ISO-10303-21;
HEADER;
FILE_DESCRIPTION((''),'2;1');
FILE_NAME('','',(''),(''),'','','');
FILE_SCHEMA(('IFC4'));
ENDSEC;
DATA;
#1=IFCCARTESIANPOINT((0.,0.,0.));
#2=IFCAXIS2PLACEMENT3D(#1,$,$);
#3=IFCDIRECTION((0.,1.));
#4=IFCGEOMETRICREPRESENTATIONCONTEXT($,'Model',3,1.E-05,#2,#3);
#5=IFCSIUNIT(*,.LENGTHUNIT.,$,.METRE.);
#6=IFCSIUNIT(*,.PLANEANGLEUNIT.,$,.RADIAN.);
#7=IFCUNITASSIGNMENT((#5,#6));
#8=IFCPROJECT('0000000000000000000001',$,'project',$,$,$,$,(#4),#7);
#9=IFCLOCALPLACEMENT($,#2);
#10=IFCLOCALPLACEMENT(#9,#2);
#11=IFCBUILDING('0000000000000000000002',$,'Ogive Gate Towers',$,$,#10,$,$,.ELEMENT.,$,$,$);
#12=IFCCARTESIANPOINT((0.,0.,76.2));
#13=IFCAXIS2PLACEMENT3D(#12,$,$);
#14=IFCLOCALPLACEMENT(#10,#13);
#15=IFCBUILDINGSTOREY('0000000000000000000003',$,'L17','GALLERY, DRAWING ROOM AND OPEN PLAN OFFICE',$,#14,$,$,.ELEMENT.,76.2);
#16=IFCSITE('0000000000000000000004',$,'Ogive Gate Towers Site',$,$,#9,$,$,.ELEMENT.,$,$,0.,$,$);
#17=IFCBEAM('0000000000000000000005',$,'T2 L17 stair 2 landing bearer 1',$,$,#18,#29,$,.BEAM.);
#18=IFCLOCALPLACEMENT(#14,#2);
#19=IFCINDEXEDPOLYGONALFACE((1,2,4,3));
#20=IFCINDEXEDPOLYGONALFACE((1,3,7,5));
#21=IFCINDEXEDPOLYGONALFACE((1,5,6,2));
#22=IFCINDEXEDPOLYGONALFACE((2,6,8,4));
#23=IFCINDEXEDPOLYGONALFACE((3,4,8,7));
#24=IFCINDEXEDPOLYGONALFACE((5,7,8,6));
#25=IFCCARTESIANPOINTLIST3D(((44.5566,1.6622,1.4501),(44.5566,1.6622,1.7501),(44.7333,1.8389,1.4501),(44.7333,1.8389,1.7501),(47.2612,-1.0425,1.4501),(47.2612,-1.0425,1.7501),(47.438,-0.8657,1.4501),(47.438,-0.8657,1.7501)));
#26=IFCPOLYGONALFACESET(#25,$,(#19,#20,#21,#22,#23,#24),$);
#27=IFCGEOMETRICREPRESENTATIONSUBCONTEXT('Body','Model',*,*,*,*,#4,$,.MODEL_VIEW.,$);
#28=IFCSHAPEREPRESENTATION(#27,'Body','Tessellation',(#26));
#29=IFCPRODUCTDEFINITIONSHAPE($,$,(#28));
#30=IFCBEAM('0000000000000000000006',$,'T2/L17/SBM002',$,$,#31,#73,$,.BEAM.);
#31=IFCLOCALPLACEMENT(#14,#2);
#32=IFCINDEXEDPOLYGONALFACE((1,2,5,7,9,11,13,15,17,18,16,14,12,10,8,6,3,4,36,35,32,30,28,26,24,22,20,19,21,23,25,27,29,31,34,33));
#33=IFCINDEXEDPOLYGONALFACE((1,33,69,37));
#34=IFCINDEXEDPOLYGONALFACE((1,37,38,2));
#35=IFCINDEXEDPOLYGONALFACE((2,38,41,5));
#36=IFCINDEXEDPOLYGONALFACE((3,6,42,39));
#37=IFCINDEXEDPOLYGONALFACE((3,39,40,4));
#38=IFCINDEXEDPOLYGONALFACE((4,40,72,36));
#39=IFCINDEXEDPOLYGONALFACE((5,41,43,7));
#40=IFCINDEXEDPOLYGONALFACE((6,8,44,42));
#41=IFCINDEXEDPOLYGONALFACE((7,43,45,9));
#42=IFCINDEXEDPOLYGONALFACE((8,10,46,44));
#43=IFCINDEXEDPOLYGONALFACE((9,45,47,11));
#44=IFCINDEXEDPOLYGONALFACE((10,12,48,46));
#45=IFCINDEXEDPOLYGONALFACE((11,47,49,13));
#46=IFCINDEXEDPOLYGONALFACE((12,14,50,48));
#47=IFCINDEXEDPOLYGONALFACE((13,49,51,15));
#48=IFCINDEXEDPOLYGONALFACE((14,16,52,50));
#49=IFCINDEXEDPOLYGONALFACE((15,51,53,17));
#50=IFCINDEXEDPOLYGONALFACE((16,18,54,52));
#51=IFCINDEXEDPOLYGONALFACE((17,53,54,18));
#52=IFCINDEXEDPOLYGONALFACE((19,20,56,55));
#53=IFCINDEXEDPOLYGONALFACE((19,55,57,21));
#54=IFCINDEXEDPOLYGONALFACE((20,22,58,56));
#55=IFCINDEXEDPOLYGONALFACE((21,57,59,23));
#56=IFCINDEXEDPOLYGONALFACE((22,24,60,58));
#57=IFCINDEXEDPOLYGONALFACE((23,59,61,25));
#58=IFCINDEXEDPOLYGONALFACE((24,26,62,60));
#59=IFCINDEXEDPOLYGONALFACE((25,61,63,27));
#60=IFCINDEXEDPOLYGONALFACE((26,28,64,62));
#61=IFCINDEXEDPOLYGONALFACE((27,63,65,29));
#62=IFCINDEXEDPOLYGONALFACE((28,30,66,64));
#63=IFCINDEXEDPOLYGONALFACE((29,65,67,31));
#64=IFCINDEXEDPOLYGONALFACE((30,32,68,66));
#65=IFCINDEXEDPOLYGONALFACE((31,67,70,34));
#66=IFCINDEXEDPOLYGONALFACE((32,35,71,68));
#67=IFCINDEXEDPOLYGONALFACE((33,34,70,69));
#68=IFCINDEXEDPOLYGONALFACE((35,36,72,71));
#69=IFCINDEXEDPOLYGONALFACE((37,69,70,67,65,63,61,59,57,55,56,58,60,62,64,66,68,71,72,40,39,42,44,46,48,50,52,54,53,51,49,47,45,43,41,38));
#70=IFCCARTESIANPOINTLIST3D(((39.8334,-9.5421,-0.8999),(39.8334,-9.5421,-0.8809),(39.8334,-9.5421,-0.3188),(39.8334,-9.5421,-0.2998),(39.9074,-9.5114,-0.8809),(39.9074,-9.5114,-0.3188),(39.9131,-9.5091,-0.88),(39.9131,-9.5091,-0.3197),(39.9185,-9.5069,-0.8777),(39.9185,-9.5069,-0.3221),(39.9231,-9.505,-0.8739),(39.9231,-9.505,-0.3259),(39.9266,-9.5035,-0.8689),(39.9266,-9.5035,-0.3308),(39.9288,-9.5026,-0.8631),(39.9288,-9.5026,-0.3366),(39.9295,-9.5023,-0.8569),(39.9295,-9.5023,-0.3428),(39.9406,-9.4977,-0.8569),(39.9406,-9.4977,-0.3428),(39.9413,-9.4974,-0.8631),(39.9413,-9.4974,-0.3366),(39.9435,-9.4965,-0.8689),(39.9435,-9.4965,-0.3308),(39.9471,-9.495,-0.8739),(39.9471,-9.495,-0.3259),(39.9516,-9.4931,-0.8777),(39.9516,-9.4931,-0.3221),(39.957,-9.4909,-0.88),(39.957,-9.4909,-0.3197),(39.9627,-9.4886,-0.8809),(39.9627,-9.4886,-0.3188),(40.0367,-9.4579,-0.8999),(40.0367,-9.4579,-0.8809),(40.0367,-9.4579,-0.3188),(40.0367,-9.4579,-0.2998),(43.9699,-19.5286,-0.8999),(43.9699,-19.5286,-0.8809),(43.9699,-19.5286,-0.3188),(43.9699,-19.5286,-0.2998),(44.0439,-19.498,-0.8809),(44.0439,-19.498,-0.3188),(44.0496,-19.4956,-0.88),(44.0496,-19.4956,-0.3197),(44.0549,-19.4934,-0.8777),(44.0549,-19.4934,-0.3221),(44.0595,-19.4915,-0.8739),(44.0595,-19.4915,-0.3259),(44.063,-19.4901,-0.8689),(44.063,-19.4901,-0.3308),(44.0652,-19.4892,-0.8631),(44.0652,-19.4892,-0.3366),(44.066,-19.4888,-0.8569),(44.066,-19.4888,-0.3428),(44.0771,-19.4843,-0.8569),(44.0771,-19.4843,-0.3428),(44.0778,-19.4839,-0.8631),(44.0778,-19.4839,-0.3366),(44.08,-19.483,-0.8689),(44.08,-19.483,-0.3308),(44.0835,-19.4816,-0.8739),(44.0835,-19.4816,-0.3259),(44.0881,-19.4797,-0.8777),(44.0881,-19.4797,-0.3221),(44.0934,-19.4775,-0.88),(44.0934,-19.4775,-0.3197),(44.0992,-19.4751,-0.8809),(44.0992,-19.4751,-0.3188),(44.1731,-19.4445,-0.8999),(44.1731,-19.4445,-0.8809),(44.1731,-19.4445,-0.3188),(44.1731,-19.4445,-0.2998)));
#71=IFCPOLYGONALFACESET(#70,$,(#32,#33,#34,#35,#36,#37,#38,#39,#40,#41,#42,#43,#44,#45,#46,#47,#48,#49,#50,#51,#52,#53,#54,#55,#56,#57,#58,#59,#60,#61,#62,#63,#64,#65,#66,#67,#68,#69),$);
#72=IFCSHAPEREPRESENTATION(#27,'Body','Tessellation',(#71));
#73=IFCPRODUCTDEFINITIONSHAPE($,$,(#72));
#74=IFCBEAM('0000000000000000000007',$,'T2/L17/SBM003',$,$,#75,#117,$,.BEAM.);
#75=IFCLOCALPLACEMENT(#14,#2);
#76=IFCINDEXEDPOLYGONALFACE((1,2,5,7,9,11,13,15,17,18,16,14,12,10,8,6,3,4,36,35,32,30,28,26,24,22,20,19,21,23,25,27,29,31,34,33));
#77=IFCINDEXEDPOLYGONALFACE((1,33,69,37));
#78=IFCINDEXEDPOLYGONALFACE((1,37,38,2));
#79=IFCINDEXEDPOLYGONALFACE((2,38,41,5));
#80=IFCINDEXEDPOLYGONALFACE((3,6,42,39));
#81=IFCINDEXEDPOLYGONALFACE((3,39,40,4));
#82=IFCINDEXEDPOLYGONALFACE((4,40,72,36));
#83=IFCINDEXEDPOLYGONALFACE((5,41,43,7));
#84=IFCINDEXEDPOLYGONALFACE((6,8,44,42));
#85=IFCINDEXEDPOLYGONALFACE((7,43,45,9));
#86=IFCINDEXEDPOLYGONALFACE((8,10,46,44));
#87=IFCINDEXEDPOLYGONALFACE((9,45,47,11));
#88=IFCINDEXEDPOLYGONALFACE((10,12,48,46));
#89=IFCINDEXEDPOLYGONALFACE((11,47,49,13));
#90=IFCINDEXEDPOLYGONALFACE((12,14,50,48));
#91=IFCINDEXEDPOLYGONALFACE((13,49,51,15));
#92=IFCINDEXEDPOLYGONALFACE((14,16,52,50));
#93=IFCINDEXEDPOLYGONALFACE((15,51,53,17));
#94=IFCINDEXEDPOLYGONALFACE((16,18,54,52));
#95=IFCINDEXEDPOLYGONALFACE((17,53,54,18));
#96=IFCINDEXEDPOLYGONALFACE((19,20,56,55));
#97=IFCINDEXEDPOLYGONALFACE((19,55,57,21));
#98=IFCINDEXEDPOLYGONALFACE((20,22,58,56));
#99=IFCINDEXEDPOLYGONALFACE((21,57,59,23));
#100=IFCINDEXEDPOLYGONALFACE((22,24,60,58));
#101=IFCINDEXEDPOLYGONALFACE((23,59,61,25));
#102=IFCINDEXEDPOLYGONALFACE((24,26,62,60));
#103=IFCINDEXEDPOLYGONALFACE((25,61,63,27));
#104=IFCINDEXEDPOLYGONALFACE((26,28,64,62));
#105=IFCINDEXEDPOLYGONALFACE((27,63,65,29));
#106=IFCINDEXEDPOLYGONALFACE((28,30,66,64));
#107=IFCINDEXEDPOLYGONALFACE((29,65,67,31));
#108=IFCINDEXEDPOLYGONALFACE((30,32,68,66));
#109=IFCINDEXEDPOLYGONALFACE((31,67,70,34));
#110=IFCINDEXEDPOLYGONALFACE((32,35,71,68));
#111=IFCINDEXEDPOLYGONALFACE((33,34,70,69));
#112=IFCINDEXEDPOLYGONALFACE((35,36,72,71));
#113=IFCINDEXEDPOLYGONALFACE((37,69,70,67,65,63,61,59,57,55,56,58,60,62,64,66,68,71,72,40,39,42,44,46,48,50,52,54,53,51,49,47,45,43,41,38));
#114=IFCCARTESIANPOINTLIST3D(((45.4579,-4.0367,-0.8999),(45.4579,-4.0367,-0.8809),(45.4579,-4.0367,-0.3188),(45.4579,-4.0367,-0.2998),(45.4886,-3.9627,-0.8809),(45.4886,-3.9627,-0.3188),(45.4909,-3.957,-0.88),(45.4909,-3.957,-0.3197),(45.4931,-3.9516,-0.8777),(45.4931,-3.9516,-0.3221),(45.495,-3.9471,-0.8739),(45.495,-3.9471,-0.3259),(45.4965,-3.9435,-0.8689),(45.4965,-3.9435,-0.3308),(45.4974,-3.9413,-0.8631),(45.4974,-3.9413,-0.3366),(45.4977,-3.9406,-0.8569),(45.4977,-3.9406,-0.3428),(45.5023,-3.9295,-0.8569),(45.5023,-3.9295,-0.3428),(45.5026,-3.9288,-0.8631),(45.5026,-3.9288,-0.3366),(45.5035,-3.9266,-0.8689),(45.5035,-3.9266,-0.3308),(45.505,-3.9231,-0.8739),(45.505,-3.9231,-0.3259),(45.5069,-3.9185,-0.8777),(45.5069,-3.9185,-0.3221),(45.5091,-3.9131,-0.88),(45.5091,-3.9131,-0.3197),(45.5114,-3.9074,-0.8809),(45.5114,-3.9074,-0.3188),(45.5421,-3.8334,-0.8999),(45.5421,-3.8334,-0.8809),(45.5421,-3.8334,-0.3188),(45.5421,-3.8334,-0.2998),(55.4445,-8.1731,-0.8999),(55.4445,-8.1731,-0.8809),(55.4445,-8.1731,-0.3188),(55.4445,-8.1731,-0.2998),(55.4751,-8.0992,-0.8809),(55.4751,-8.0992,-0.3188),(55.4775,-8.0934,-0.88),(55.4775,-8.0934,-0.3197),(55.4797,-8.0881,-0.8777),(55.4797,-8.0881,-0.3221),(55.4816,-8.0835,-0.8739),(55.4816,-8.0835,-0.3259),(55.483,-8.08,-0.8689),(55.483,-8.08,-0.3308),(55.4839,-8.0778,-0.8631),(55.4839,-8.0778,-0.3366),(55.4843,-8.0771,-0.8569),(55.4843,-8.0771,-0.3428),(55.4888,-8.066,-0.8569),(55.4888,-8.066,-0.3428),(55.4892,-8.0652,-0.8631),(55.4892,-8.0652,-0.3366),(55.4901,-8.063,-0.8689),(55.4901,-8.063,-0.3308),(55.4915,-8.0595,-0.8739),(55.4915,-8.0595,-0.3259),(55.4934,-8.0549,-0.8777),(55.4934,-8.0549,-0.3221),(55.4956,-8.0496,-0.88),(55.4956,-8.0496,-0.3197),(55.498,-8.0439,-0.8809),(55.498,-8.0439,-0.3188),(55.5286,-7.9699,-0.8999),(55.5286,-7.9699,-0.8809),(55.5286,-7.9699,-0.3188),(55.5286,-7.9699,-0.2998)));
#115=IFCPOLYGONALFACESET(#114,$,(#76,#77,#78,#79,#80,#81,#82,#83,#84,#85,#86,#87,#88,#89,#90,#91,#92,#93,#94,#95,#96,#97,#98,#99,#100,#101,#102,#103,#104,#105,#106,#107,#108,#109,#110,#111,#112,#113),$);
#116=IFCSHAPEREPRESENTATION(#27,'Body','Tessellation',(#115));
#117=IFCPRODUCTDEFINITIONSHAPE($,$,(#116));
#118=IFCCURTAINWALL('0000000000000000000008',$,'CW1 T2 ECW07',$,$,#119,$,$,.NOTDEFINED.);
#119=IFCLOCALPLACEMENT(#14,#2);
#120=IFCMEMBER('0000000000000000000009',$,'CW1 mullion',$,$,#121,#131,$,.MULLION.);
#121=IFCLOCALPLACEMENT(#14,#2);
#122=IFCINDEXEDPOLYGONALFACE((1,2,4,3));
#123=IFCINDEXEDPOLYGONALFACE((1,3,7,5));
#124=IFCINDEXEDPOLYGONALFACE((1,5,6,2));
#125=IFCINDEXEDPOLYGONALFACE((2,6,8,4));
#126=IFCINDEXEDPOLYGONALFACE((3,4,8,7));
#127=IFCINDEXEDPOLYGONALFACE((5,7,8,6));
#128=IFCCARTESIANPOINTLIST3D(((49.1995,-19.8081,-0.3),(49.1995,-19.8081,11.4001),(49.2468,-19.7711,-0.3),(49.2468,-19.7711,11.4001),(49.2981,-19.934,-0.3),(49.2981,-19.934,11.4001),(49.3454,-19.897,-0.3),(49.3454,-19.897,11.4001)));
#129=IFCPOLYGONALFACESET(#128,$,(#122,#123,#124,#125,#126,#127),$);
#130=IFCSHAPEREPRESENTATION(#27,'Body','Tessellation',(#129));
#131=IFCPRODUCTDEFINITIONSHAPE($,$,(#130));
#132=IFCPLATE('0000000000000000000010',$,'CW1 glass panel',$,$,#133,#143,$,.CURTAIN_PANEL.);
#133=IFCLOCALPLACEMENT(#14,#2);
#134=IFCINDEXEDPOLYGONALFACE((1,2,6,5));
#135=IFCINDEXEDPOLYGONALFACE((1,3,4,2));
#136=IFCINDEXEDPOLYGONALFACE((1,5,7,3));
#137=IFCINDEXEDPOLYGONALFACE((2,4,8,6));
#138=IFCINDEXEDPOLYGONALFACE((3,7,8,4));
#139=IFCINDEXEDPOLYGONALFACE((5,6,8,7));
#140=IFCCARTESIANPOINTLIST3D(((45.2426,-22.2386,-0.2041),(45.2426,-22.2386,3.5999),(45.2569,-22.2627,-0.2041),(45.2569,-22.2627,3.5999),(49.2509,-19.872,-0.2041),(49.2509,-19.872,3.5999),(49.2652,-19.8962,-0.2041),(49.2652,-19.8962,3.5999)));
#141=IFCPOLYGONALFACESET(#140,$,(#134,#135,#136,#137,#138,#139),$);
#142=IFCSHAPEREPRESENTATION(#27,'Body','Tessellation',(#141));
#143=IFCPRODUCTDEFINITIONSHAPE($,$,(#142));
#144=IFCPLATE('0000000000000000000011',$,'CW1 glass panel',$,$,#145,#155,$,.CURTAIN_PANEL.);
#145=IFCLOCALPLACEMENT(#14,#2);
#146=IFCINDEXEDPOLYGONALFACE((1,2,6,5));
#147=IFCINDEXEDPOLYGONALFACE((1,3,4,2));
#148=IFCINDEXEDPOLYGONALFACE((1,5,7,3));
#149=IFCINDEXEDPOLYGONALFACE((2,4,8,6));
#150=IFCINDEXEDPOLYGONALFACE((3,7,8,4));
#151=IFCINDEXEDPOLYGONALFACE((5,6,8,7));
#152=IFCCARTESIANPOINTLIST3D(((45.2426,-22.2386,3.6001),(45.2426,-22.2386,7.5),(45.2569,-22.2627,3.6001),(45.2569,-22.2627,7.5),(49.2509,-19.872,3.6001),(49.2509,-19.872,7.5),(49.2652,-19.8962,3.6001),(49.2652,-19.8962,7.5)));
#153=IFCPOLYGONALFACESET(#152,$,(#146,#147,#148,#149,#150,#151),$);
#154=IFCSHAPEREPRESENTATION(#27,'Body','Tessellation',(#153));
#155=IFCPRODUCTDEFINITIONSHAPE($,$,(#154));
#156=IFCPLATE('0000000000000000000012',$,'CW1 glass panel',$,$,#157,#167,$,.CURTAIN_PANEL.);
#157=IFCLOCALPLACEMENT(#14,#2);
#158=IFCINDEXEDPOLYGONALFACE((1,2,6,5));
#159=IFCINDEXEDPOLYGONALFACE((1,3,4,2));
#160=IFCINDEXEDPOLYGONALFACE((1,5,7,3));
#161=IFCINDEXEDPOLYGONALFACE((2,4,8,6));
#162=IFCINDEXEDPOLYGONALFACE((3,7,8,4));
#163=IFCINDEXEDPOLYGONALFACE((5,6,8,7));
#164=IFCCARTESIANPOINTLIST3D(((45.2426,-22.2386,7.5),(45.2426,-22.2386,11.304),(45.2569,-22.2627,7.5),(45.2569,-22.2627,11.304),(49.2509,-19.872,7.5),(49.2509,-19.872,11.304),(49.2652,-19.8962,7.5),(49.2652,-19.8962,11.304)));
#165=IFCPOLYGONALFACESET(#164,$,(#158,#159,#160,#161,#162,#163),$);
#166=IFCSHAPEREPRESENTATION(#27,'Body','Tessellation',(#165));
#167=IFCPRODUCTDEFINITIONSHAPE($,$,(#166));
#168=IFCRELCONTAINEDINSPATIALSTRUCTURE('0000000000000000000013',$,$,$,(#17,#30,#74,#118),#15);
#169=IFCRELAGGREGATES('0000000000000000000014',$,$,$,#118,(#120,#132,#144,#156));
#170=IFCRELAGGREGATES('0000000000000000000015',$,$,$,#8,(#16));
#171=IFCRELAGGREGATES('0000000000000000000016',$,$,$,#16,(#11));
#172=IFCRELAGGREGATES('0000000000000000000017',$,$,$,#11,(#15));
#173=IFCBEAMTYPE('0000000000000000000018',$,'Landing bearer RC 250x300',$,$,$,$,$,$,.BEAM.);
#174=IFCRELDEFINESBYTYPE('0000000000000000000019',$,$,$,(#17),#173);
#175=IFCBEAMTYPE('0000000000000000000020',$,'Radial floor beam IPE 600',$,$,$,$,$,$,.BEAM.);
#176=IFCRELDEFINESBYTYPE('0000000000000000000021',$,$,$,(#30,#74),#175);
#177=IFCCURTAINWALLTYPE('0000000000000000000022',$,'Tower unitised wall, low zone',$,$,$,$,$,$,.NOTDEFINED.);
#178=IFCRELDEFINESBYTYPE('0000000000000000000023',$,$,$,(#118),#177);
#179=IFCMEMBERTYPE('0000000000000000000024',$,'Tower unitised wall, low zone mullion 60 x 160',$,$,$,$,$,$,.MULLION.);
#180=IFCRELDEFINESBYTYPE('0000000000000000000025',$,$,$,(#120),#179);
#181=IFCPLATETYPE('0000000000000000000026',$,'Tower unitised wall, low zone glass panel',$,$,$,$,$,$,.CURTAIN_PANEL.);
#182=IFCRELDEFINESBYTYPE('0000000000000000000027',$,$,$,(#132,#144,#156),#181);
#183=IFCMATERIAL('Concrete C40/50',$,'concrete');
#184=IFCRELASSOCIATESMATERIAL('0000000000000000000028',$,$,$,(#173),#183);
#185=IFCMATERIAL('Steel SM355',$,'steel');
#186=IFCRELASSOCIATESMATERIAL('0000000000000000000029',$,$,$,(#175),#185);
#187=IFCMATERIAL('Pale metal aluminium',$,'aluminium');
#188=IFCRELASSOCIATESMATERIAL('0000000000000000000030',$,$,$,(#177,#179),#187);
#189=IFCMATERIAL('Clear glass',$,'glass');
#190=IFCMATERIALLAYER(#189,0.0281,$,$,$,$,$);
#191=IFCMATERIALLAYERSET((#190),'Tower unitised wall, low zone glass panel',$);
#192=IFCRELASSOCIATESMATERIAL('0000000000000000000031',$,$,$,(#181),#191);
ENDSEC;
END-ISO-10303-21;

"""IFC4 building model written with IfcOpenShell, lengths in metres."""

from ifc_helpers import new_model, si_unit, direction, frame, origin, origin_2d, place, context, subcontext, project, spatial, rectangle, i_section, extrude, material, layer, layer_set, material_profile, profile_set, type_object, element, aggregate, save


model = new_model("IFC4")

# Units and contexts
model_context = context("Model", 3, precision=1e-05, world=origin(), true_north=direction((0.0, 1.0)))
body_context = subcontext(model_context, "Body", "Model", "MODEL_VIEW")
ifc_project = project(units=[si_unit("LENGTHUNIT", "METRE"), si_unit("PLANEANGLEUNIT", "RADIAN")], contexts=[model_context])

# Site, building, storey
site_placement = place(None, origin())
site = spatial("IfcSite", under=ifc_project, at=site_placement, Name="Ogive Gate Towers Site", CompositionType="ELEMENT", RefElevation=0.0)
building_placement = place(site_placement, origin())
building = spatial("IfcBuilding", under=site, at=building_placement, Name="Ogive Gate Towers", CompositionType="ELEMENT")
storey_placement = place(building_placement, frame((0.0, 0.0, 76.2)))
storey = spatial("IfcBuildingStorey", under=building, at=storey_placement, Name="L17", Description="GALLERY, DRAWING ROOM AND OPEN PLAN OFFICE", CompositionType="ELEMENT", Elevation=76.2)

# Beams
ifc_material_1 = material(Name="Concrete C40/50", Category="concrete")
ifc_material_profile_1 = material_profile(ifc_material_1, rectangle(XDim=0.25, YDim=0.3, at=origin_2d()), Name="RC 250x300")
ifc_profile_set_1 = profile_set([ifc_material_profile_1], Name="Concrete C40/50")
beam_type_1 = type_object("IfcBeamType", Name="Landing bearer RC 250x300", PredefinedType="BEAM", material=ifc_profile_set_1)
beam_placement = place(storey_placement, frame((47.3496, -0.9541, 1.6001), z_axis=(-0.707107, 0.707107, 0.0), x_axis=(-0.707107, -0.707107, 0.0)))
element("IfcBeam", 1, at=beam_placement, inside=storey, type_object=beam_type_1, Name="T2 L17 stair 2 landing bearer 1", PredefinedType="BEAM", context=body_context, shape_type="SweptSolid", body=[
    extrude(rectangle(XDim=0.25, YDim=0.3, at=origin_2d()), origin(), (0.0, 0.0, 1.0), 3.825),
])
ifc_material_2 = material(Name="Steel SM355", Category="steel")
ifc_material_profile_2 = material_profile(ifc_material_2, i_section(OverallWidth=0.22, OverallDepth=0.6001, WebThickness=0.012, FlangeThickness=0.019, FilletRadius=0.0239, at=origin_2d()), Name="IPE 600")
ifc_profile_set_2 = profile_set([ifc_material_profile_2], Name="Steel SM355")
beam_type_2 = type_object("IfcBeamType", Name="Radial floor beam IPE 600", PredefinedType="BEAM", material=ifc_profile_set_2)
for number, where, z_axis, x_axis, name in (
    (2, (39.9351, -9.5, -0.5999), (0.382676, -0.923883, 0.0), (0.923883, 0.382676, 0.0), "T2/L17/SBM002"),
    (3, (45.5, -3.9351, -0.5999), (0.923883, -0.382676, 0.0), (0.382676, 0.923883, 0.0), "T2/L17/SBM003"),
):
    element("IfcBeam", number, at=place(storey_placement, frame(where, z_axis=z_axis, x_axis=x_axis)), inside=storey, type_object=beam_type_2, Name=name, PredefinedType="BEAM", context=body_context, shape_type="SweptSolid", body=[
        extrude(i_section(OverallWidth=0.22, OverallDepth=0.6001, WebThickness=0.012, FlangeThickness=0.019, FilletRadius=0.0239, at=origin_2d()), origin(), (0.0, 0.0, 1.0), 10.8093),
    ])

# Curtain wall, member, plates
ifc_material_3 = material(Name="Pale metal aluminium", Category="aluminium")
curtain_wall_type = type_object("IfcCurtainWallType", Name="Tower unitised wall, low zone", PredefinedType="NOTDEFINED", material=ifc_material_3)
curtain_wall_placement = place(storey_placement, origin())
curtain_wall = element("IfcCurtainWall", 4, at=curtain_wall_placement, inside=storey, type_object=curtain_wall_type, Name="CW1 T2 ECW07", PredefinedType="NOTDEFINED")
ifc_material_profile_3 = material_profile(ifc_material_3, rectangle(XDim=0.1599, YDim=0.0601, at=origin_2d()), Name="60 x 160 aluminium box")
ifc_profile_set_3 = profile_set([ifc_material_profile_3], Name="Pale metal aluminium")
member_type = type_object("IfcMemberType", Name="Tower unitised wall, low zone mullion 60 x 160", PredefinedType="MULLION", material=ifc_profile_set_3)
member_placement = place(storey_placement, frame((49.2725, -19.8525, -0.3), z_axis=(0.0, 0.0, 1.0), x_axis=(0.616239, -0.787559, 0.0)))
member = element("IfcMember", 5, at=member_placement, type_object=member_type, Name="CW1 mullion", PredefinedType="MULLION", context=body_context, shape_type="SweptSolid", body=[
    extrude(rectangle(XDim=0.1599, YDim=0.0601, at=origin_2d()), origin(), (0.0, 0.0, 1.0), 11.7002),
])
ifc_material_4 = material(Name="Clear glass", Category="glass")
ifc_layer_1 = layer(ifc_material_4, 0.0281)
ifc_layer_set_1 = layer_set([ifc_layer_1], Name="Tower unitised wall, low zone glass panel")
plate_type = type_object("IfcPlateType", Name="Tower unitised wall, low zone glass panel", PredefinedType="CURTAIN_PANEL", material=ifc_layer_set_1)
plate_1_placement = place(storey_placement, frame((47.2539, -21.0674, -0.2041), z_axis=(0.0, 0.0, 1.0), x_axis=(0.861115, 0.50841, 0.0)))
plate_1 = element("IfcPlate", 6, at=plate_1_placement, type_object=plate_type, Name="CW1 glass panel", PredefinedType="CURTAIN_PANEL", context=body_context, shape_type="SweptSolid", body=[
    extrude(rectangle(XDim=4.6548, YDim=0.0281, at=origin_2d()), origin(), (0.0, 0.0, 1.0), 3.804),
])
plate_2_placement = place(storey_placement, frame((47.2539, -21.0674, 3.6001), z_axis=(0.0, 0.0, 1.0), x_axis=(0.861115, 0.50841, 0.0)))
plate_2 = element("IfcPlate", 7, at=plate_2_placement, type_object=plate_type, Name="CW1 glass panel", PredefinedType="CURTAIN_PANEL", context=body_context, shape_type="SweptSolid", body=[
    extrude(rectangle(XDim=4.6548, YDim=0.0281, at=origin_2d()), origin(), (0.0, 0.0, 1.0), 3.8999),
])
plate_3_placement = place(storey_placement, frame((47.2539, -21.0674, 7.5), z_axis=(0.0, 0.0, 1.0), x_axis=(0.861115, 0.50841, 0.0)))
plate_3 = element("IfcPlate", 8, at=plate_3_placement, type_object=plate_type, Name="CW1 glass panel", PredefinedType="CURTAIN_PANEL", context=body_context, shape_type="SweptSolid", body=[
    extrude(rectangle(XDim=4.6548, YDim=0.0281, at=origin_2d()), origin(), (0.0, 0.0, 1.0), 3.804),
])
aggregate(curtain_wall, [member, plate_1, plate_2, plate_3])

save(model, "model.ifc")
